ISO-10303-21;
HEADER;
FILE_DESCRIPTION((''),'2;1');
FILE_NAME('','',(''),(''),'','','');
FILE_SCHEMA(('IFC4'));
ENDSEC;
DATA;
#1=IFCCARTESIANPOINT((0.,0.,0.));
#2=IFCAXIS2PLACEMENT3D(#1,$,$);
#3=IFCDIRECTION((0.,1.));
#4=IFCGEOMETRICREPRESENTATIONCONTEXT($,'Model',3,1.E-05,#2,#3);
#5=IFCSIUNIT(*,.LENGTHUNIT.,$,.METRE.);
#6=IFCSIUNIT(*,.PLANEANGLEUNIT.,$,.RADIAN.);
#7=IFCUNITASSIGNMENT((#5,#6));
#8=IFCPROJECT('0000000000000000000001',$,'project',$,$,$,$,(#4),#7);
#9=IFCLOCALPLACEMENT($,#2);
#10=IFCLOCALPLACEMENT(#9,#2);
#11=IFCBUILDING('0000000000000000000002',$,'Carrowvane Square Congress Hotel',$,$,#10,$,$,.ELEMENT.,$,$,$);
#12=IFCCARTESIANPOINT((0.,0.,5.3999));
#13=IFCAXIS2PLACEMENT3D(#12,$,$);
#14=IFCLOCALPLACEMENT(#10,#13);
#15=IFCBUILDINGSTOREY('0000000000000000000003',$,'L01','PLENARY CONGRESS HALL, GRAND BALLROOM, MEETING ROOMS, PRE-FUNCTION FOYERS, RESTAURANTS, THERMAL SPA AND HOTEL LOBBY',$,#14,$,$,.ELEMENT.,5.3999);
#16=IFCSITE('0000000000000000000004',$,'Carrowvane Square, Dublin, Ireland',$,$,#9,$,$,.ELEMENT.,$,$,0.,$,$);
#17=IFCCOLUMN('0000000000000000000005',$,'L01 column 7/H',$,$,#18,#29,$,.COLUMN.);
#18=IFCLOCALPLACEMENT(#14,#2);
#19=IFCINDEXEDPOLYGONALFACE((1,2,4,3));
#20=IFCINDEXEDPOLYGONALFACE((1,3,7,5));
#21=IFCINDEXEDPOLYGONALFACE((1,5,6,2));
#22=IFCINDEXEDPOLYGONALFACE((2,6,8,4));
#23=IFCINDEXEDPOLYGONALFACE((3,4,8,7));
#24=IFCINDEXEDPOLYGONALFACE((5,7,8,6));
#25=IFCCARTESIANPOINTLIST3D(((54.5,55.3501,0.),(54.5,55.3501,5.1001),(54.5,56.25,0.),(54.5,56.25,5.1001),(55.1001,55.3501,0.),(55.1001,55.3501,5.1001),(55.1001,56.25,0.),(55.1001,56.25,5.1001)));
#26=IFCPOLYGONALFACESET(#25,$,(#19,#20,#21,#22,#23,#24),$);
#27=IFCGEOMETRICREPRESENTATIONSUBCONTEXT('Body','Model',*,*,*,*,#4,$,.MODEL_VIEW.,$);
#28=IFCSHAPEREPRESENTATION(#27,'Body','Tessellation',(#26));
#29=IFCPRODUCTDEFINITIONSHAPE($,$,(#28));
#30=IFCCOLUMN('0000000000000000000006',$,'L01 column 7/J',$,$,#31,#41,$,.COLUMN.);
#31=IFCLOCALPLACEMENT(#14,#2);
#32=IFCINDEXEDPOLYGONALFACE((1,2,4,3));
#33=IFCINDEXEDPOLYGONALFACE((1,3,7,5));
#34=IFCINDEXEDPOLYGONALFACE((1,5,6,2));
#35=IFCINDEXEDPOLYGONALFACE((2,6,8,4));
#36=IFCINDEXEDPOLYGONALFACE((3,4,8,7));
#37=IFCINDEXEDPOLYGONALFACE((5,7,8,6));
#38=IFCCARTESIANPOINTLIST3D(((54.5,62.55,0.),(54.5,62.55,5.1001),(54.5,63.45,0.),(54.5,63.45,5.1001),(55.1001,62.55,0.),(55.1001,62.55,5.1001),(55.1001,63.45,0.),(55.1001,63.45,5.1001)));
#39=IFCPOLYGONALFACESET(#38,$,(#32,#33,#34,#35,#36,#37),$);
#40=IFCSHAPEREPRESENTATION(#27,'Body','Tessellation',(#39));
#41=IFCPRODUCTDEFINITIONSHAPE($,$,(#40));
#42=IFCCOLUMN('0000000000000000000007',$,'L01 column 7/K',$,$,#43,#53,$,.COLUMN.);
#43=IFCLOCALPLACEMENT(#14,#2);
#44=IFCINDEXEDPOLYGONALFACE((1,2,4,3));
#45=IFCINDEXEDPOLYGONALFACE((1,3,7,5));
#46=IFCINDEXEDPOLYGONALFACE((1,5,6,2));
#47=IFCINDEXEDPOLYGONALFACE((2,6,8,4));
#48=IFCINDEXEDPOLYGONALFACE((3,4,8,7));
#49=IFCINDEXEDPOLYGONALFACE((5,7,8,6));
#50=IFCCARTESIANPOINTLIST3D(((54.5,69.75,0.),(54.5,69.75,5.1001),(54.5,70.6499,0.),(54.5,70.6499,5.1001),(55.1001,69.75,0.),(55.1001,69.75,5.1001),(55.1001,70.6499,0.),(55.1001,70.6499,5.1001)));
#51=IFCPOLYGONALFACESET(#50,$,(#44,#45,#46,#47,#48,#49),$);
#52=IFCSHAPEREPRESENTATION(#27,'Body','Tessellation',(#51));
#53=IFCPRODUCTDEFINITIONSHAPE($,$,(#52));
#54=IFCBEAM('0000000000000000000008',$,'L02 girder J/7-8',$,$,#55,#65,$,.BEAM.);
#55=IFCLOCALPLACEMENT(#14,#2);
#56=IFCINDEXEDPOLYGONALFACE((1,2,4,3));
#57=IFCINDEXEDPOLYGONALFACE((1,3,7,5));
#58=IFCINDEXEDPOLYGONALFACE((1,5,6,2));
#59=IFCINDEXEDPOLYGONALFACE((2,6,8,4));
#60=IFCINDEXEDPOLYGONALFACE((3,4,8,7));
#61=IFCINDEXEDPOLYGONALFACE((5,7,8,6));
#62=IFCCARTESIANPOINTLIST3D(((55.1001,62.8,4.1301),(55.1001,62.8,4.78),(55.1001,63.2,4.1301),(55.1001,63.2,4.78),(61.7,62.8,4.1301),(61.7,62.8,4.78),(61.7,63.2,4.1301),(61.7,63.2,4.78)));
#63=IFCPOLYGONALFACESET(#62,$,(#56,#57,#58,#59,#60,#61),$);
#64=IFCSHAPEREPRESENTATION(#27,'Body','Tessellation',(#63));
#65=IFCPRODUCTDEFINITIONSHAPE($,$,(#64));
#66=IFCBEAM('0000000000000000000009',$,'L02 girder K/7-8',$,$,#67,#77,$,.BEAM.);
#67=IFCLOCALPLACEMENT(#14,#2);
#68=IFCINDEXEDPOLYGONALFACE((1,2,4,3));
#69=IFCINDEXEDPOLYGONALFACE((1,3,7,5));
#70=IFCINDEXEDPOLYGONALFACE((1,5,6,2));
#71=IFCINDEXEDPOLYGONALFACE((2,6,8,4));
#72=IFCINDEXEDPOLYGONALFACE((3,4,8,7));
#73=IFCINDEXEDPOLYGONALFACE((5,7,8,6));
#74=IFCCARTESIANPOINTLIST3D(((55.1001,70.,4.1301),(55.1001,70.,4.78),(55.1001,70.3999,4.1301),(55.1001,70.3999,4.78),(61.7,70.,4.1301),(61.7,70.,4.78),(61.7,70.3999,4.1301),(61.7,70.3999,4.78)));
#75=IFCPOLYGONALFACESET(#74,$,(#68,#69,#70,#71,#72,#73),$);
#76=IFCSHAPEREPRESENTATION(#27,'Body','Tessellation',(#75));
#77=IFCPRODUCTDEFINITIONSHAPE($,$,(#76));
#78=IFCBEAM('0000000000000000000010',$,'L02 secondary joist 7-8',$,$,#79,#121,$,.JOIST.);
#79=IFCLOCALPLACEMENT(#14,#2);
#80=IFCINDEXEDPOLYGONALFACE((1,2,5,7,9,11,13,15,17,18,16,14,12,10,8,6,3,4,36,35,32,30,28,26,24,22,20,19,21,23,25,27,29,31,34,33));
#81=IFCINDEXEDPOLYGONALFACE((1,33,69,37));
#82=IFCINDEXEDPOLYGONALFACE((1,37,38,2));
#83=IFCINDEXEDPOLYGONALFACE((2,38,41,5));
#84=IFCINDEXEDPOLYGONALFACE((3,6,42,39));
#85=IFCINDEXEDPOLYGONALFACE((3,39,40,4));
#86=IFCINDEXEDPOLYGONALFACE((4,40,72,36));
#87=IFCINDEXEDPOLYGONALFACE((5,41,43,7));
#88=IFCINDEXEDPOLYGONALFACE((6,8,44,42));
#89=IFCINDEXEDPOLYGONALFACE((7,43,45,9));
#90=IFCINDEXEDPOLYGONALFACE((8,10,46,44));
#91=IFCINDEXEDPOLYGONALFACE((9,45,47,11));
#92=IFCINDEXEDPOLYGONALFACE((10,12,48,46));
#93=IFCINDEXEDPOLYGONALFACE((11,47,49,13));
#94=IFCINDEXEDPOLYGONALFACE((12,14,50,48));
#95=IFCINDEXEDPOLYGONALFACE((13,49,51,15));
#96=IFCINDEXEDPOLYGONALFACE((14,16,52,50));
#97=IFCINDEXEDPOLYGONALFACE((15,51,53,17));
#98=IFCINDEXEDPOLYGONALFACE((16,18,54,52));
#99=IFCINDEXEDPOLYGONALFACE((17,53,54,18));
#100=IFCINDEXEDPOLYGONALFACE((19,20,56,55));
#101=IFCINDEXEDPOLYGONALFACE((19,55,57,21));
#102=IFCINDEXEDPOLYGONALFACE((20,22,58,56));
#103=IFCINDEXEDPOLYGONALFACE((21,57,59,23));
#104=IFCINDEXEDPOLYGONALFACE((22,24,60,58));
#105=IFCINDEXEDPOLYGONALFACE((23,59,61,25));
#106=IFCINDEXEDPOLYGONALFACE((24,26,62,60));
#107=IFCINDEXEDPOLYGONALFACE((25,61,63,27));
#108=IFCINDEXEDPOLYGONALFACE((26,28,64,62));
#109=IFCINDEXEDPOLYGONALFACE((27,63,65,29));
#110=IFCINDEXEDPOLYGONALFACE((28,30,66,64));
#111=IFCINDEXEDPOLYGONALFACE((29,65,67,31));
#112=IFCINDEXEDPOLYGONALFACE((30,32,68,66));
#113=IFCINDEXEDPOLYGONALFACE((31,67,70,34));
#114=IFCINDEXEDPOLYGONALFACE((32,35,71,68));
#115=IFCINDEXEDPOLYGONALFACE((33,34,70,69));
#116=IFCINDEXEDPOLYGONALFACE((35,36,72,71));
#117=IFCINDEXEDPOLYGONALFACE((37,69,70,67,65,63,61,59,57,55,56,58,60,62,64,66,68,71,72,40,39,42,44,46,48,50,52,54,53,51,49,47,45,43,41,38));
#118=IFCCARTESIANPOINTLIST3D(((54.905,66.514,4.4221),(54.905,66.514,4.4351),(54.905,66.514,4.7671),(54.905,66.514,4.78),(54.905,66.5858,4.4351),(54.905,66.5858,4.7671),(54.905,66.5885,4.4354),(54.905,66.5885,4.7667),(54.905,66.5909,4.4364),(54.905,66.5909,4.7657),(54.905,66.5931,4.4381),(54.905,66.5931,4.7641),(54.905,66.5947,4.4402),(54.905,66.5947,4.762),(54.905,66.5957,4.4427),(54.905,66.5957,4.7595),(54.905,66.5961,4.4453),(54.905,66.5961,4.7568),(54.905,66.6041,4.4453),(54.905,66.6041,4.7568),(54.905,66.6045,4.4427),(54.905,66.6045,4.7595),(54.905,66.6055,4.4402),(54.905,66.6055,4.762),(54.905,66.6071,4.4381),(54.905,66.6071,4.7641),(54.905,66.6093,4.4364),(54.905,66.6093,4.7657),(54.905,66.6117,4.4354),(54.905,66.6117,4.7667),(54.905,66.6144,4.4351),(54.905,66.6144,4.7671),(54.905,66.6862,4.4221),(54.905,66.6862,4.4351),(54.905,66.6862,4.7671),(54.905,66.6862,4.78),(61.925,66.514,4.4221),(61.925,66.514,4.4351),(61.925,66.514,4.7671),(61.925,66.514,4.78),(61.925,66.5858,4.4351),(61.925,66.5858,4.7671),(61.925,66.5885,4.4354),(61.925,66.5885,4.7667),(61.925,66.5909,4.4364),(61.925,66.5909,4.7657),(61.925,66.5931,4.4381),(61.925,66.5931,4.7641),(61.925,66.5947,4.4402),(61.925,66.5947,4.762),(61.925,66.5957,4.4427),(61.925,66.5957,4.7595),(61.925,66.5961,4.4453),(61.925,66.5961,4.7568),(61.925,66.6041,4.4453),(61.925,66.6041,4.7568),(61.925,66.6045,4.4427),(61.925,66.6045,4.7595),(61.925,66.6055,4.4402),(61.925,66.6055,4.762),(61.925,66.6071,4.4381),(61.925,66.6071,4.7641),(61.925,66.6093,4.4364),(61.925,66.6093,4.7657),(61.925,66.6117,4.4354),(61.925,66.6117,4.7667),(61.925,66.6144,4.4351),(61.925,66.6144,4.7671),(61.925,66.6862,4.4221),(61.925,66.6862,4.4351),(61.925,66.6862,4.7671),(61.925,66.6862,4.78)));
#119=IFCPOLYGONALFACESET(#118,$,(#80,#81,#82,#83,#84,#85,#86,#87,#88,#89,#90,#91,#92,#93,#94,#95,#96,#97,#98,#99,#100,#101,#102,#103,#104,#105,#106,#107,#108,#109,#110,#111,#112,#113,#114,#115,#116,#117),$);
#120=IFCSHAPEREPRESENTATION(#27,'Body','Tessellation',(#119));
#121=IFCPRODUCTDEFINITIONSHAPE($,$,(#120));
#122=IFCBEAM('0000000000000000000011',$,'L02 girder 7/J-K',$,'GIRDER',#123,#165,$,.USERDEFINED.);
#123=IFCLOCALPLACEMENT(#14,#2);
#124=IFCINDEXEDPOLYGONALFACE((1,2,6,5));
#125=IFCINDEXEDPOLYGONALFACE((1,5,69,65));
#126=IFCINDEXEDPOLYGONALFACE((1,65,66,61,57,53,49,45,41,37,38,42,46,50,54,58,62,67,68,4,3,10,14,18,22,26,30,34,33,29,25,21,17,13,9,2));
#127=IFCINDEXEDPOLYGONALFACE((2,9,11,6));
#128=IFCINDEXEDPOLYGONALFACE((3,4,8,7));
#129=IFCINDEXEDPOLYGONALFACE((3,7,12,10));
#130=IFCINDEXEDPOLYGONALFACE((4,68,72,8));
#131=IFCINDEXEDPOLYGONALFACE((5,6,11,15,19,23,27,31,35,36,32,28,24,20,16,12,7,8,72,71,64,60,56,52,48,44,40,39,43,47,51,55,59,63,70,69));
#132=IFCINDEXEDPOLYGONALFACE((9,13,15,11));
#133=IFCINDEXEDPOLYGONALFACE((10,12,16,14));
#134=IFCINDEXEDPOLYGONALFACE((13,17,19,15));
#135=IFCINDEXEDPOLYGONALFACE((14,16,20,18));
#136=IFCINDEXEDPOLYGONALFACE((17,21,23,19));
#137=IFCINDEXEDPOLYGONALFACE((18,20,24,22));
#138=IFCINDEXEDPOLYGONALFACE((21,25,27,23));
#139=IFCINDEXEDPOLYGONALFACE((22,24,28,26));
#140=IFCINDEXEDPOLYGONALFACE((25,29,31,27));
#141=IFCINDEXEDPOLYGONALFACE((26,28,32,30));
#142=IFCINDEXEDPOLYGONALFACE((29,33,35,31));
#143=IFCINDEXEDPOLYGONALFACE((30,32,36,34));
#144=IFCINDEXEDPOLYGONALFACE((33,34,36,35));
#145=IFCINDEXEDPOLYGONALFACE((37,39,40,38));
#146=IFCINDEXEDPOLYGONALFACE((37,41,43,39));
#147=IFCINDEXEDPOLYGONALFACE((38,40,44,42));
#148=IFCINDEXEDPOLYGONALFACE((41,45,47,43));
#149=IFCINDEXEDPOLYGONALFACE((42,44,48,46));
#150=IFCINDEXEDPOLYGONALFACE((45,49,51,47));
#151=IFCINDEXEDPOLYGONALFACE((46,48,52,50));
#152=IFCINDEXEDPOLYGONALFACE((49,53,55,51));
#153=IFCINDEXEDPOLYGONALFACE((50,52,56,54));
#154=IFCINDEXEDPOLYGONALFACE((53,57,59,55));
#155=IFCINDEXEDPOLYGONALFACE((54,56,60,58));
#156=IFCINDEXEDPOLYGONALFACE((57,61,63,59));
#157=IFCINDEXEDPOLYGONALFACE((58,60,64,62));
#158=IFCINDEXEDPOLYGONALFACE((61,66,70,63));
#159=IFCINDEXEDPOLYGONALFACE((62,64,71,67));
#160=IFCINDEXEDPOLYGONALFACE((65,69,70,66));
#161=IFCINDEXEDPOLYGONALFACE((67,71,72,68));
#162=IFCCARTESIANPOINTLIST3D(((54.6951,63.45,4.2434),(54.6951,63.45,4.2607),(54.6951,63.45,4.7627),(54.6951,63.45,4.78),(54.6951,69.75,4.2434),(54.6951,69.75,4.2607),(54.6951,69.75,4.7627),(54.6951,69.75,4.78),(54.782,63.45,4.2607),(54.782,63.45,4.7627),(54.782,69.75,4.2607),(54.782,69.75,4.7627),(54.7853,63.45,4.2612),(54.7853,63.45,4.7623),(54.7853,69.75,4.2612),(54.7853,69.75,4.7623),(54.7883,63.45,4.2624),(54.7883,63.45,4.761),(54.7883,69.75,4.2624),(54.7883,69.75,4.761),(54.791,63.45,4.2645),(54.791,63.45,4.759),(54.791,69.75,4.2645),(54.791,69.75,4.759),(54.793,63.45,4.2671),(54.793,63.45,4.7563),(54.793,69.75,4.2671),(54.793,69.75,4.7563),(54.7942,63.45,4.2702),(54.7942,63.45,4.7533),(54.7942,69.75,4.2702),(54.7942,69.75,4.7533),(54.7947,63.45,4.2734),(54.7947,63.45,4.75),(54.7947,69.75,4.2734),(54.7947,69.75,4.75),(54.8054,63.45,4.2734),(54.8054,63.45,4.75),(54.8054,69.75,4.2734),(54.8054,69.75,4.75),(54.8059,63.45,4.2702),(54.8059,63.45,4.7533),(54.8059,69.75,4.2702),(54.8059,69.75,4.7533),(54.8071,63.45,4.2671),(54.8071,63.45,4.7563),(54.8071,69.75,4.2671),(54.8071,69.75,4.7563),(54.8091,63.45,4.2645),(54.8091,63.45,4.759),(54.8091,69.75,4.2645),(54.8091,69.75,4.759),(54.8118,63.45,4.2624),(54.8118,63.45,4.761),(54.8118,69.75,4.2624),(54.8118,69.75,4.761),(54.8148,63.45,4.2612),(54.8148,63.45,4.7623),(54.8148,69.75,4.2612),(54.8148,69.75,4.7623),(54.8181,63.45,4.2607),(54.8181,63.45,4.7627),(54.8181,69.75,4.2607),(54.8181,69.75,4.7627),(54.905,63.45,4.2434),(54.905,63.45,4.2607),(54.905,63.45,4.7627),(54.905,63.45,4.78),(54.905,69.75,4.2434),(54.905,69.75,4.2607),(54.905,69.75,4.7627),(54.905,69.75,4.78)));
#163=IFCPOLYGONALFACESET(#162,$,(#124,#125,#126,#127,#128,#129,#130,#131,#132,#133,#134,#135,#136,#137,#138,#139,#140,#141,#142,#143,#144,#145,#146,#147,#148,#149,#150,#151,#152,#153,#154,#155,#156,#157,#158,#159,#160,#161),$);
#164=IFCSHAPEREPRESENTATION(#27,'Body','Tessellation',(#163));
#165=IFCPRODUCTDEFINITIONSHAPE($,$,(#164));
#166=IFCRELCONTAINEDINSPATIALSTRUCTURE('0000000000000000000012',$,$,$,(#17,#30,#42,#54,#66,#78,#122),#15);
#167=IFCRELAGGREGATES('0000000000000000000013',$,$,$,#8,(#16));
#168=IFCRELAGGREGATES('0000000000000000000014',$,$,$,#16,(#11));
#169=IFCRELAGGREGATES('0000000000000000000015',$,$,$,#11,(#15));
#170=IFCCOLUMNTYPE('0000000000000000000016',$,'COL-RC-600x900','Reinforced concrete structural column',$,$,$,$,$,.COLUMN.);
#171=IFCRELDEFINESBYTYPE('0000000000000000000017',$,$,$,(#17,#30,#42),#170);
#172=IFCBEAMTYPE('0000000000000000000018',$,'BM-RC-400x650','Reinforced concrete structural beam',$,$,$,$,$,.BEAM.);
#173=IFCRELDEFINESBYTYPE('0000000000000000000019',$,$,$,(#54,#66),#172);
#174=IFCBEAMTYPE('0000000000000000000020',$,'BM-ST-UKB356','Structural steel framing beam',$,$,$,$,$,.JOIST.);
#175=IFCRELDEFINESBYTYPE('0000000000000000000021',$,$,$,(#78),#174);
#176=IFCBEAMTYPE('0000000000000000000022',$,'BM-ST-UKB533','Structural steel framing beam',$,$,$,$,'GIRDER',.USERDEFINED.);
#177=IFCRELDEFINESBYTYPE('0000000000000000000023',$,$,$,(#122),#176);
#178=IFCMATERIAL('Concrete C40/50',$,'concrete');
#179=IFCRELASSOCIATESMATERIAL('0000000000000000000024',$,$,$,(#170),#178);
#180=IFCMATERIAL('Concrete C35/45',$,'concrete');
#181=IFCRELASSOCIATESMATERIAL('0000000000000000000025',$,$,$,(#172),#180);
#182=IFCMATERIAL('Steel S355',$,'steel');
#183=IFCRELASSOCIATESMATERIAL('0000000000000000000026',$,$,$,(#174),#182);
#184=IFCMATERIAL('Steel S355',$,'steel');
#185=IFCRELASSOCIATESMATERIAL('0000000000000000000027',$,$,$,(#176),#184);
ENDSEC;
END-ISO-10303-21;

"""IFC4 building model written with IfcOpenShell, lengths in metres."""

from ifc_helpers import new_model, si_unit, direction, frame, origin, origin_2d, place, context, subcontext, project, spatial, rectangle, i_section, extrude, material, material_profile, profile_set, type_object, element, save


model = new_model("IFC4")

# Units and contexts
model_context = context("Model", 3, precision=1e-05, world=origin(), true_north=direction((0.0, 1.0)))
body_context = subcontext(model_context, "Body", "Model", "MODEL_VIEW")
ifc_project = project(units=[si_unit("LENGTHUNIT", "METRE"), si_unit("PLANEANGLEUNIT", "RADIAN")], contexts=[model_context])

# Site, building, storey
site_placement = place(None, origin())
site = spatial("IfcSite", under=ifc_project, at=site_placement, Name="Carrowvane Square, Dublin, Ireland", CompositionType="ELEMENT", RefElevation=0.0)
building_placement = place(site_placement, origin())
building = spatial("IfcBuilding", under=site, at=building_placement, Name="Carrowvane Square Congress Hotel", CompositionType="ELEMENT")
storey_placement = place(building_placement, frame((0.0, 0.0, 5.3999)))
storey = spatial("IfcBuildingStorey", under=building, at=storey_placement, Name="L01", Description="PLENARY CONGRESS HALL, GRAND BALLROOM, MEETING ROOMS, PRE-FUNCTION FOYERS, RESTAURANTS, THERMAL SPA AND HOTEL LOBBY", CompositionType="ELEMENT", Elevation=5.3999)

# Columns
ifc_material_1 = material(Name="Concrete C40/50", Category="concrete")
ifc_material_profile_1 = material_profile(ifc_material_1, rectangle(XDim=0.6001, YDim=0.8999, at=origin_2d()), Name="RC 600x900")
ifc_profile_set_1 = profile_set([ifc_material_profile_1], Name="Concrete C40/50")
column_type = type_object("IfcColumnType", Name="COL-RC-600x900", Description="Reinforced concrete structural column", PredefinedType="COLUMN", material=ifc_profile_set_1)
for number, where, z_axis, x_axis, name in (
    (1, (54.8, 55.8, 0.0), (0.0, 0.0, 1.0), (1.0, 0.0, 0.0), "L01 column 7/H"),
    (2, (54.8, 63.0, 0.0), (0.0, 0.0, 1.0), (1.0, 0.0, 0.0), "L01 column 7/J"),
    (3, (54.8, 70.2, 0.0), (0.0, 0.0, 1.0), (1.0, 0.0, 0.0), "L01 column 7/K"),
):
    element("IfcColumn", number, at=place(storey_placement, frame(where, z_axis=z_axis, x_axis=x_axis)), inside=storey, type_object=column_type, Name=name, PredefinedType="COLUMN", context=body_context, shape_type="SweptSolid", body=[
        extrude(rectangle(XDim=0.6001, YDim=0.8999, at=origin_2d()), origin(), (0.0, 0.0, 1.0), 5.1001),
    ])

# Beams
ifc_material_2 = material(Name="Concrete C35/45", Category="concrete")
ifc_material_profile_2 = material_profile(ifc_material_2, rectangle(XDim=0.3999, YDim=0.6499, at=origin_2d()), Name="RC 400x650")
ifc_profile_set_2 = profile_set([ifc_material_profile_2], Name="Concrete C35/45")
beam_type_1 = type_object("IfcBeamType", Name="BM-RC-400x650", Description="Reinforced concrete structural beam", PredefinedType="BEAM", material=ifc_profile_set_2)
for number, where, z_axis, x_axis, name in (
    (4, (55.1001, 63.0, 4.4551), (1.0, 0.0, 0.0), (0.0, 1.0, 0.0), "L02 girder J/7-8"),
    (5, (55.1001, 70.2, 4.4551), (1.0, 0.0, 0.0), (0.0, 1.0, 0.0), "L02 girder K/7-8"),
):
    element("IfcBeam", number, at=place(storey_placement, frame(where, z_axis=z_axis, x_axis=x_axis)), inside=storey, type_object=beam_type_1, Name=name, PredefinedType="BEAM", context=body_context, shape_type="SweptSolid", body=[
        extrude(rectangle(XDim=0.3999, YDim=0.6499, at=origin_2d()), origin(), (0.0, 0.0, 1.0), 6.5999),
    ])
ifc_material_3 = material(Name="Steel S355", Category="steel")
ifc_material_profile_3 = material_profile(ifc_material_3, i_section(OverallWidth=0.1721, OverallDepth=0.3579, WebThickness=0.0081, FlangeThickness=0.0129, FilletRadius=0.0103, at=origin_2d()), Name="UKB 356x171x57")
ifc_profile_set_3 = profile_set([ifc_material_profile_3], Name="Steel S355")
beam_type_2 = type_object("IfcBeamType", Name="BM-ST-UKB356", Description="Structural steel framing beam", PredefinedType="JOIST", material=ifc_profile_set_3)
beam_1_placement = place(storey_placement, frame((54.905, 66.6001, 4.6011), z_axis=(1.0, 0.0, 0.0), x_axis=(0.0, 1.0, 0.0)))
element("IfcBeam", 6, at=beam_1_placement, inside=storey, type_object=beam_type_2, Name="L02 secondary joist 7-8", PredefinedType="JOIST", context=body_context, shape_type="SweptSolid", body=[
    extrude(i_section(OverallWidth=0.1721, OverallDepth=0.3579, WebThickness=0.0081, FlangeThickness=0.0129, FilletRadius=0.0103, at=origin_2d()), origin(), (0.0, 0.0, 1.0), 7.02),
])
ifc_material_4 = material(Name="Steel S355", Category="steel")
ifc_material_profile_4 = material_profile(ifc_material_4, i_section(OverallWidth=0.21, OverallDepth=0.5366, WebThickness=0.0107, FlangeThickness=0.0173, FilletRadius=0.0127, at=origin_2d()), Name="UKB 533x210x101")
ifc_profile_set_4 = profile_set([ifc_material_profile_4], Name="Steel S355")
beam_type_3 = type_object("IfcBeamType", Name="BM-ST-UKB533", Description="Structural steel framing beam", ElementType="GIRDER", PredefinedType="USERDEFINED", material=ifc_profile_set_4)
beam_2_placement = place(storey_placement, frame((54.8, 63.45, 4.5117), z_axis=(0.0, 1.0, 0.0), x_axis=(-1.0, 0.0, 0.0)))
element("IfcBeam", 7, at=beam_2_placement, inside=storey, type_object=beam_type_3, Name="L02 girder 7/J-K", ObjectType="GIRDER", PredefinedType="USERDEFINED", context=body_context, shape_type="SweptSolid", body=[
    extrude(i_section(OverallWidth=0.21, OverallDepth=0.5366, WebThickness=0.0107, FlangeThickness=0.0173, FilletRadius=0.0127, at=origin_2d()), origin(), (0.0, 0.0, 1.0), 6.3),
])

save(model, "model.ifc")
